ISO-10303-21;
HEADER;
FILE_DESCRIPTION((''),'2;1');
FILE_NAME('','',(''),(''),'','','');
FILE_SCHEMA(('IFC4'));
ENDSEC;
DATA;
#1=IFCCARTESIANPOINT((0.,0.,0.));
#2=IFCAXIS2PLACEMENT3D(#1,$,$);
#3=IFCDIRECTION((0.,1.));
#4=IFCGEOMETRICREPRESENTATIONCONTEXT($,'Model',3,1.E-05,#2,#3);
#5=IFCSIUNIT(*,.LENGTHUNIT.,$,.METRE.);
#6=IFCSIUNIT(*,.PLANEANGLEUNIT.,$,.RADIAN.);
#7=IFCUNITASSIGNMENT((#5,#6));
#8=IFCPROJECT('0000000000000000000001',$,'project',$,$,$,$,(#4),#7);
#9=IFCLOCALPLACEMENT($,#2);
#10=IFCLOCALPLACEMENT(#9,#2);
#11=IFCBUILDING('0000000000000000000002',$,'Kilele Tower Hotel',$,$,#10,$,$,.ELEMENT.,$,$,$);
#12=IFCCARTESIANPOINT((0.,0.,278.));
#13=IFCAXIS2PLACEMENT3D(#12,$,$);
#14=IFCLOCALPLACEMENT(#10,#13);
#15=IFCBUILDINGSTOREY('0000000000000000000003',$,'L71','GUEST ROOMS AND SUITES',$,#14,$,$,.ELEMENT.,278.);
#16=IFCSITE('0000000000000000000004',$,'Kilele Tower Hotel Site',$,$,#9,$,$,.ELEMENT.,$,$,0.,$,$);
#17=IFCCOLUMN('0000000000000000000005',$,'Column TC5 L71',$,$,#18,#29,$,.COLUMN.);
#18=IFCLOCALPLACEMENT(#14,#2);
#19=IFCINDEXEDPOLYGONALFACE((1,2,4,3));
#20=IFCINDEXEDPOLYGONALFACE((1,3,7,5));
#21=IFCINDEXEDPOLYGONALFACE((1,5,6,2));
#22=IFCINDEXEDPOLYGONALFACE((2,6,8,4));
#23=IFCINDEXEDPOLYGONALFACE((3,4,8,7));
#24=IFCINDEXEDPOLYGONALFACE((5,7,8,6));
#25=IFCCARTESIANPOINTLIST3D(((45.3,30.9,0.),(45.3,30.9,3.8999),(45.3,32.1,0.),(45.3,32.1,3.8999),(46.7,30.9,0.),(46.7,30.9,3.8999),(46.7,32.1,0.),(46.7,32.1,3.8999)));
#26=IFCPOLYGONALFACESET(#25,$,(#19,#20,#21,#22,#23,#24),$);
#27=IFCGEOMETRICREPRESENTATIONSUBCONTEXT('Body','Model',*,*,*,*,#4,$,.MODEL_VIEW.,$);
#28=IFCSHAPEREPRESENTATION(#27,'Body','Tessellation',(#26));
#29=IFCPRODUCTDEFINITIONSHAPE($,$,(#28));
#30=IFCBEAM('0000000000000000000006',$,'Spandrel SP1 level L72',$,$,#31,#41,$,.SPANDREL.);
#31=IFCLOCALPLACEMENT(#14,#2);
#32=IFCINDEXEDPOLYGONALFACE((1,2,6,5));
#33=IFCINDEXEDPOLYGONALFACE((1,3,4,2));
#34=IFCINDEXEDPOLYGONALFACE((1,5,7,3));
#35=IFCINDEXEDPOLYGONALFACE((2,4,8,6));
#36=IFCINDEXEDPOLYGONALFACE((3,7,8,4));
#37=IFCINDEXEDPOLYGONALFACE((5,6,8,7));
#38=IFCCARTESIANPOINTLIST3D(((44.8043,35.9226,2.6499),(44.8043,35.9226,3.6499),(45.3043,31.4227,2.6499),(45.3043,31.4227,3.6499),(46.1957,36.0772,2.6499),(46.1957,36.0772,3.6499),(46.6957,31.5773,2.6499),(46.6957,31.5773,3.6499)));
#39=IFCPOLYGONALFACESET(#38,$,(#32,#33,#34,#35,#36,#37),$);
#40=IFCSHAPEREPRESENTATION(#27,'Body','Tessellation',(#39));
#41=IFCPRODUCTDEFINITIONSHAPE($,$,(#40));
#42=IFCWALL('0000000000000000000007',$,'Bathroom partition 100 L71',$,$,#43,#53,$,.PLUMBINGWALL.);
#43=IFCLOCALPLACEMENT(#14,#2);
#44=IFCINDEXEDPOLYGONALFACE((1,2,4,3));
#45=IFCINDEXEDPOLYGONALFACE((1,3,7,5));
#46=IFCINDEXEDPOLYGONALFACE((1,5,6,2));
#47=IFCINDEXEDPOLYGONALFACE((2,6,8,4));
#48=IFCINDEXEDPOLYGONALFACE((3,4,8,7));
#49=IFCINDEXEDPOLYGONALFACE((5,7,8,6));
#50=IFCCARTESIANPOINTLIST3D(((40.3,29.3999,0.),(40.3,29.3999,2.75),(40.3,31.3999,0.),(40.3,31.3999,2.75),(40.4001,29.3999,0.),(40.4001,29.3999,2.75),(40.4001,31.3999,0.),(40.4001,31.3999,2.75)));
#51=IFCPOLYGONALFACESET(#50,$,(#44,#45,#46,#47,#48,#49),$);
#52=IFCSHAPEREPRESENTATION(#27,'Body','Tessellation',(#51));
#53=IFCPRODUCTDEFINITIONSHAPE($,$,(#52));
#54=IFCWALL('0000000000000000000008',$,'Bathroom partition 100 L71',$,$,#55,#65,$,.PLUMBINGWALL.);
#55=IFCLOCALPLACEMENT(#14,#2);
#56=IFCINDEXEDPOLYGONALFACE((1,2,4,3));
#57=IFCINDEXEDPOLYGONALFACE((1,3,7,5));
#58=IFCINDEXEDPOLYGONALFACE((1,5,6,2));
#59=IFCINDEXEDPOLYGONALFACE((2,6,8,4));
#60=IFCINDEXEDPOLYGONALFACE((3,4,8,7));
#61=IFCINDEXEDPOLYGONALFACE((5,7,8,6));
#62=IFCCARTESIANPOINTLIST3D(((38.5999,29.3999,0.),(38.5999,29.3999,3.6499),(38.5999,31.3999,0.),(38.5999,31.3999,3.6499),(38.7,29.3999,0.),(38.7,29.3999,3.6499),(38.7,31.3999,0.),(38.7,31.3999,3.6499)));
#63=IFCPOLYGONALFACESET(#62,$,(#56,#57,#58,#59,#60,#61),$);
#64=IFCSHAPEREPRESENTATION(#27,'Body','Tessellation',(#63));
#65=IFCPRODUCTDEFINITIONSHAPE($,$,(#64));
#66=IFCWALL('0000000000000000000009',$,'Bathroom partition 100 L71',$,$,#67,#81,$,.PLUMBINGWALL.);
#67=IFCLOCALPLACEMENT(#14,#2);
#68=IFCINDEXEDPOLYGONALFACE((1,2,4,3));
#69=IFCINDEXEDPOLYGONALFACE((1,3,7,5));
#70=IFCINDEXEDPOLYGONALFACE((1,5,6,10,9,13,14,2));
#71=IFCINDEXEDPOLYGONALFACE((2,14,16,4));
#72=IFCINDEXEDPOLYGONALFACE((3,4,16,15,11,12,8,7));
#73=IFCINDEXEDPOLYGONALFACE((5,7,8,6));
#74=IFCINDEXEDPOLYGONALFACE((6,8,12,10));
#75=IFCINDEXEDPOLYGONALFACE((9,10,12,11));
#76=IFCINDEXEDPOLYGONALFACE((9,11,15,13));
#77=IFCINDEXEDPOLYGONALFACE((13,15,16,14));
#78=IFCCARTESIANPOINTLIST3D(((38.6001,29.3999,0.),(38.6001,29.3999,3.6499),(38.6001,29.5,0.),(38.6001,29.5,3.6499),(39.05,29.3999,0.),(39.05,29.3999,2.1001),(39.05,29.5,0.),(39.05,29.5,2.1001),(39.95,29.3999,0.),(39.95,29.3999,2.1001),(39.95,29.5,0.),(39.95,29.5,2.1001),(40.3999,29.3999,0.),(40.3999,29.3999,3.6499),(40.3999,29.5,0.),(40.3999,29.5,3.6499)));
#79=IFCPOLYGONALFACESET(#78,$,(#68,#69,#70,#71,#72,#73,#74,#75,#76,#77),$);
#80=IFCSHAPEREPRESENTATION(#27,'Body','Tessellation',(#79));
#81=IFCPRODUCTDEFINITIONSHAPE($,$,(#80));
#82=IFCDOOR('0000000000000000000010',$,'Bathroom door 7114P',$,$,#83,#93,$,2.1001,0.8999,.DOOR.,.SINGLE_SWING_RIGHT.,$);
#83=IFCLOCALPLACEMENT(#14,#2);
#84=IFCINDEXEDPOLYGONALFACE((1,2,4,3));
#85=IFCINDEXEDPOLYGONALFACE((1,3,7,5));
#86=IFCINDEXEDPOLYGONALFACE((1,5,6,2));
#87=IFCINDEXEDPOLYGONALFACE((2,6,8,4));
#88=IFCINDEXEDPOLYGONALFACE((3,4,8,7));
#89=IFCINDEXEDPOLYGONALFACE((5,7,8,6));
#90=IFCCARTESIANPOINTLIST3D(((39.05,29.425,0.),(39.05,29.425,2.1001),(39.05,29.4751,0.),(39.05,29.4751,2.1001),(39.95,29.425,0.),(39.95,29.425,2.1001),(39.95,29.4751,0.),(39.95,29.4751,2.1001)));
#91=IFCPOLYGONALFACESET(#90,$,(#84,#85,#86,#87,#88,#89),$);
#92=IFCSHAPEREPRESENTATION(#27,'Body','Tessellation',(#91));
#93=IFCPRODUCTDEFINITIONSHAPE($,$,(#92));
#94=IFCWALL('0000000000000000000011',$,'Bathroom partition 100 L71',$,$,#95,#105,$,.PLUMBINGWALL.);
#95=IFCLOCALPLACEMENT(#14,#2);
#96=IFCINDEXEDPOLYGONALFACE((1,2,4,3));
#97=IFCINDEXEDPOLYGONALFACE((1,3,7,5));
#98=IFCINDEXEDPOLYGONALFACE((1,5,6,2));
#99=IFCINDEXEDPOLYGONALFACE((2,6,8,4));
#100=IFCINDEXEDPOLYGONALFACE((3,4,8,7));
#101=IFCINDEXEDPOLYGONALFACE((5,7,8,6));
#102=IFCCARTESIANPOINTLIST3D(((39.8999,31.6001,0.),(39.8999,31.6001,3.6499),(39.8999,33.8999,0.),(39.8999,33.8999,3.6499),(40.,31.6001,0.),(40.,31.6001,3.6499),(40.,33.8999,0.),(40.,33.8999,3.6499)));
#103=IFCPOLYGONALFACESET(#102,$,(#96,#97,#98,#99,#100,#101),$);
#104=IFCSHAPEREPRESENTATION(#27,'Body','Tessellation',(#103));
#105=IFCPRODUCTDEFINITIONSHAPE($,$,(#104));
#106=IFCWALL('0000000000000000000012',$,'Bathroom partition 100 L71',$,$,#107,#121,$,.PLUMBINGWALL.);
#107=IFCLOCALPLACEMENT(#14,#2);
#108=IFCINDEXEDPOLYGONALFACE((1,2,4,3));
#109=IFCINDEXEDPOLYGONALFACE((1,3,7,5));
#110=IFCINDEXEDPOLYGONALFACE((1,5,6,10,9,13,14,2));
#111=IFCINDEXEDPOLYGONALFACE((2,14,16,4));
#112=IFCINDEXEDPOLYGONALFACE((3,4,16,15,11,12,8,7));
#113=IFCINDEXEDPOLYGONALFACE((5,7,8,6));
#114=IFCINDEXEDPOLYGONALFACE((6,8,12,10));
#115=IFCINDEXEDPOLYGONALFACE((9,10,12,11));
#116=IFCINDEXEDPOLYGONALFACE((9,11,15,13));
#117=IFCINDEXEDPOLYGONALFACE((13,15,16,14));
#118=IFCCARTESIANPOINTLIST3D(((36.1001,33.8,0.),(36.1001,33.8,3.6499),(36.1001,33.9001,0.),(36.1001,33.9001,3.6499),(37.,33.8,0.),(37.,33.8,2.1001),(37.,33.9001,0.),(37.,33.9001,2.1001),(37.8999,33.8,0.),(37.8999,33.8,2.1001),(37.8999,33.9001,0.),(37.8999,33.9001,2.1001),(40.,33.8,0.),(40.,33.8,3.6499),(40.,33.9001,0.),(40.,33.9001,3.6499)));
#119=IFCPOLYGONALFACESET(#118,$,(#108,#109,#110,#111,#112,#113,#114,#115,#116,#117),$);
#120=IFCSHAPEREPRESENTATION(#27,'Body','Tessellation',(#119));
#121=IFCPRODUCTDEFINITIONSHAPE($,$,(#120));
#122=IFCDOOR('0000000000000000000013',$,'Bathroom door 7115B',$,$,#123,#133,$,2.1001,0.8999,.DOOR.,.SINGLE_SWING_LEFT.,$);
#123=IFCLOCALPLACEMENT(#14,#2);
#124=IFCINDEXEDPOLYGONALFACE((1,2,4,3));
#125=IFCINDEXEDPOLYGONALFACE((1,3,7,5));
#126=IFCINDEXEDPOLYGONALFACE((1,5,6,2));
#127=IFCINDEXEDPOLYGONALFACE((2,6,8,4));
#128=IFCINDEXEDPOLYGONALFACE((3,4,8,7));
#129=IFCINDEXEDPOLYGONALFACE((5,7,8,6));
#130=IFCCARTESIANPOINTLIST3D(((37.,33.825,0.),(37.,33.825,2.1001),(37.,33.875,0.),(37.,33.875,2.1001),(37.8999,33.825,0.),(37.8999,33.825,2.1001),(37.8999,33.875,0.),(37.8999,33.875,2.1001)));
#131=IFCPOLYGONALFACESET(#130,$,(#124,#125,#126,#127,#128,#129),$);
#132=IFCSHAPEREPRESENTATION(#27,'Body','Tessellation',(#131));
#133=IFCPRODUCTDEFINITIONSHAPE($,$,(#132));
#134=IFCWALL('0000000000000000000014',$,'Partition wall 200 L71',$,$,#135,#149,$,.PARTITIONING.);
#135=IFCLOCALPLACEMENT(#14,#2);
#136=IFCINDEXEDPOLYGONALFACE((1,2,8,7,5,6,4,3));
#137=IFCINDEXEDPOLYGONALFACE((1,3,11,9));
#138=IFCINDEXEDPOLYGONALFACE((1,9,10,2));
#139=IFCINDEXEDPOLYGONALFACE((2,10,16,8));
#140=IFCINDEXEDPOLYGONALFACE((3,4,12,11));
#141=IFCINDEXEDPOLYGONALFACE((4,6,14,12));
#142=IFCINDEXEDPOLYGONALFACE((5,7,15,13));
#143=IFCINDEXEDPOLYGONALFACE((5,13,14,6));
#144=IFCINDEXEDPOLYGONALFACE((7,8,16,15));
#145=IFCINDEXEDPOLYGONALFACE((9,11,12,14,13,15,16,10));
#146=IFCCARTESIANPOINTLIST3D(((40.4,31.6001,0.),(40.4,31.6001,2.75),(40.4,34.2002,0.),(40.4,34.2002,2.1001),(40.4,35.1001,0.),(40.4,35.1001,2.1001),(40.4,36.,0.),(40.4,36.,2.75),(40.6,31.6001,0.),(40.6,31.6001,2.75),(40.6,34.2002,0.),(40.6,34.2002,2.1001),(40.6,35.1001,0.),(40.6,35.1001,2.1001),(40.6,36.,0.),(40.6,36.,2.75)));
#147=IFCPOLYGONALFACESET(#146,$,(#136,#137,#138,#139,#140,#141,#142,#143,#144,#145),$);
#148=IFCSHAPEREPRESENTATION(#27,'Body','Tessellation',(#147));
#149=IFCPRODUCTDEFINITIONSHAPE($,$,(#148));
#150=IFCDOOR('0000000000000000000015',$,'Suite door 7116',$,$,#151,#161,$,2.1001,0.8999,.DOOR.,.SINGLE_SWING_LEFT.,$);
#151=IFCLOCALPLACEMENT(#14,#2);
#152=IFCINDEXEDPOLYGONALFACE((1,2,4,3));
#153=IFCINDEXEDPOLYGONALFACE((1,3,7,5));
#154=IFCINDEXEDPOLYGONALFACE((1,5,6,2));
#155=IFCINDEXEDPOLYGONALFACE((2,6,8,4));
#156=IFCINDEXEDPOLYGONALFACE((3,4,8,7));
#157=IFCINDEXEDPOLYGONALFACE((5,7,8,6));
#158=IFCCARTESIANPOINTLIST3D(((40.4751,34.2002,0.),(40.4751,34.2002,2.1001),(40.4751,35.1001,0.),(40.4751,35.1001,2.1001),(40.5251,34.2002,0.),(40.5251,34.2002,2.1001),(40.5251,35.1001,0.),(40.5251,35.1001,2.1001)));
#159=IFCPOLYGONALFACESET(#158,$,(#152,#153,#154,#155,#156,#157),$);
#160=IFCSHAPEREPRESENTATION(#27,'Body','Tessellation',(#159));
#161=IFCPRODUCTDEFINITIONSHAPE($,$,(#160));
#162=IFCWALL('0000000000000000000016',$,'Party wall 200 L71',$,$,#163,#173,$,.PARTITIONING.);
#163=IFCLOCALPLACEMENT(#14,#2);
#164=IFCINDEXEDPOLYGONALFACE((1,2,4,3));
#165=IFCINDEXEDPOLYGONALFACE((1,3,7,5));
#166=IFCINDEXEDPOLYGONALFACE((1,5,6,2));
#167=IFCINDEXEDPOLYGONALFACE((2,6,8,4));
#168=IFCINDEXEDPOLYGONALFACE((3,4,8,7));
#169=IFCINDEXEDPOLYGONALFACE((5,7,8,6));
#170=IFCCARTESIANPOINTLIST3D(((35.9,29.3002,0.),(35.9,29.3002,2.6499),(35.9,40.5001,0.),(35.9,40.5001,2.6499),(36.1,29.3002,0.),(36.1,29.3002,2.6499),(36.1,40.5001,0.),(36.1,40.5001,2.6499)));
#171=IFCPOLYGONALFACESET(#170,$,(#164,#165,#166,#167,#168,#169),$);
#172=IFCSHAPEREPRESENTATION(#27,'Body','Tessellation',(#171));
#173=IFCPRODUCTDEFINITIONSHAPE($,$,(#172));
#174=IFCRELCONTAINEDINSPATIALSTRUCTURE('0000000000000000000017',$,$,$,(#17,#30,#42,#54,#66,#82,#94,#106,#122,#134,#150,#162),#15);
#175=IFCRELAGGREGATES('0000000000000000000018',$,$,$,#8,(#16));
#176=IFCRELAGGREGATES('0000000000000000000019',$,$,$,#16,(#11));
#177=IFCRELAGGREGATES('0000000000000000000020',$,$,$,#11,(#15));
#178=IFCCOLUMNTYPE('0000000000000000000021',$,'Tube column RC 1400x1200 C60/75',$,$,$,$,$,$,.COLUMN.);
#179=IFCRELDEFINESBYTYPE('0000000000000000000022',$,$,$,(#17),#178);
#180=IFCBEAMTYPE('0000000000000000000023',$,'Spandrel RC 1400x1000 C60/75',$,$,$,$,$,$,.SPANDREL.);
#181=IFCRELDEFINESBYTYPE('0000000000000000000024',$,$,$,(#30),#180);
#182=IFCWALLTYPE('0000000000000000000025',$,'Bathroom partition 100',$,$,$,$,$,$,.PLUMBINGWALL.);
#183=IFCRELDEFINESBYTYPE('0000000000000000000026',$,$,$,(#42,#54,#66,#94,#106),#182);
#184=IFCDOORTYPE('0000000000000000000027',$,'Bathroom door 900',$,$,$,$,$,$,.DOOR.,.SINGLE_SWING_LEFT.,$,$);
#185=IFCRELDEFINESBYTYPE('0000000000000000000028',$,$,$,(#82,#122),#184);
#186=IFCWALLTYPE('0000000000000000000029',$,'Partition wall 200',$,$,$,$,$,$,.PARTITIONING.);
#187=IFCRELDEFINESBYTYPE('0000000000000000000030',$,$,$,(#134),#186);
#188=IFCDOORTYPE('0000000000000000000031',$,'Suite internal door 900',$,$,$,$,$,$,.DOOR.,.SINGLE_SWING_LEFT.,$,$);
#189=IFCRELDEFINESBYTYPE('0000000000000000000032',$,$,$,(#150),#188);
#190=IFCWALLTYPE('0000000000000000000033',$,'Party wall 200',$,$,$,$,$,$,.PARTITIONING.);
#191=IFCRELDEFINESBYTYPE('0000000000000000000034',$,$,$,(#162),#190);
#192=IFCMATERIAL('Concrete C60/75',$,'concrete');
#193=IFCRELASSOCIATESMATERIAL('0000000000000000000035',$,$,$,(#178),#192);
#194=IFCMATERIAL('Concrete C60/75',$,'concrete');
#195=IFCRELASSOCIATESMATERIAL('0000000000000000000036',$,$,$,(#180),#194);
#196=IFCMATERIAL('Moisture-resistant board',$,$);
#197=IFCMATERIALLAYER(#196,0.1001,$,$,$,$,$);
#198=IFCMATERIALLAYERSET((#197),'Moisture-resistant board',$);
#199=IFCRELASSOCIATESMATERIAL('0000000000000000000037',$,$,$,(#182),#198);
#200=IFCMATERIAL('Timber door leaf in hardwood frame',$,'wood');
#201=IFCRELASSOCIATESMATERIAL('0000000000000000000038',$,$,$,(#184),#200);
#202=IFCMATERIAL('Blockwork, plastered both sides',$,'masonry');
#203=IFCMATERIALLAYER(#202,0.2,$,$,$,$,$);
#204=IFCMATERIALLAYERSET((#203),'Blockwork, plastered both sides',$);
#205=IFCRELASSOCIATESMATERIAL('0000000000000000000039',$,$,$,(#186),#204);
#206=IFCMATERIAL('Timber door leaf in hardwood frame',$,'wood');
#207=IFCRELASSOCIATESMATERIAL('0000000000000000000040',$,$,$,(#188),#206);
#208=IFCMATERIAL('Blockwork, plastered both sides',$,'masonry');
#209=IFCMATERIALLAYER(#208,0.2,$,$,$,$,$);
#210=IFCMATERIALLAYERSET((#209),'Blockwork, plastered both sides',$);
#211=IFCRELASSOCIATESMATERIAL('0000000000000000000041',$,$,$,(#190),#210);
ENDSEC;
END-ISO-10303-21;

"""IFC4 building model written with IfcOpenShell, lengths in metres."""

from ifc_helpers import new_model, si_unit, direction, frame, frame_2d, origin, origin_2d, place, context, subcontext, project, spatial, rectangle, extrude, material, layer, layer_set, material_profile, profile_set, type_object, element, fill, save


model = new_model("IFC4")

# Units and contexts
model_context = context("Model", 3, precision=1e-05, world=origin(), true_north=direction((0.0, 1.0)))
body_context = subcontext(model_context, "Body", "Model", "MODEL_VIEW")
ifc_project = project(units=[si_unit("LENGTHUNIT", "METRE"), si_unit("PLANEANGLEUNIT", "RADIAN")], contexts=[model_context])

# Site, building, storey
site_placement = place(None, origin())
site = spatial("IfcSite", under=ifc_project, at=site_placement, Name="Kilele Tower Hotel Site", CompositionType="ELEMENT", RefElevation=0.0)
building_placement = place(site_placement, origin())
building = spatial("IfcBuilding", under=site, at=building_placement, Name="Kilele Tower Hotel", CompositionType="ELEMENT")
storey_placement = place(building_placement, frame((0.0, 0.0, 278.0)))
storey = spatial("IfcBuildingStorey", under=building, at=storey_placement, Name="L71", Description="GUEST ROOMS AND SUITES", CompositionType="ELEMENT", Elevation=278.0)

# Column
ifc_material_1 = material(Name="Concrete C60/75", Category="concrete")
ifc_material_profile_1 = material_profile(ifc_material_1, rectangle(XDim=1.3999, YDim=1.2, at=origin_2d()))
ifc_profile_set_1 = profile_set([ifc_material_profile_1], Name="Concrete C60/75")
column_type = type_object("IfcColumnType", Name="Tube column RC 1400x1200 C60/75", PredefinedType="COLUMN", material=ifc_profile_set_1)
column_placement = place(storey_placement, frame((46.0, 31.5, 0.0), z_axis=(0.0, 0.0, 1.0), x_axis=(1.0, 0.0, 0.0)))
element("IfcColumn", 1, at=column_placement, inside=storey, type_object=column_type, Name="Column TC5 L71", PredefinedType="COLUMN", context=body_context, shape_type="SweptSolid", body=[
    extrude(rectangle(XDim=1.3999, YDim=1.2, at=origin_2d()), origin(), (0.0, 0.0, 1.0), 3.8999),
])

# Beam
ifc_material_2 = material(Name="Concrete C60/75", Category="concrete")
ifc_material_profile_2 = material_profile(ifc_material_2, rectangle(XDim=1.3999, YDim=1.0, at=origin_2d()))
ifc_profile_set_2 = profile_set([ifc_material_profile_2], Name="Concrete C60/75")
beam_type = type_object("IfcBeamType", Name="Spandrel RC 1400x1000 C60/75", PredefinedType="SPANDREL", material=ifc_profile_set_2)
beam_placement = place(storey_placement, frame((46.0, 31.5, 3.1499), z_axis=(-0.110432, 0.993884, 0.0), x_axis=(-0.993884, -0.110432, 0.0)))
element("IfcBeam", 2, at=beam_placement, inside=storey, type_object=beam_type, Name="Spandrel SP1 level L72", PredefinedType="SPANDREL", context=body_context, shape_type="SweptSolid", body=[
    extrude(rectangle(XDim=1.3999, YDim=1.0, at=origin_2d()), origin(), (0.0, 0.0, 1.0), 4.5276),
])

# Walls
ifc_material_3 = material(Name="Moisture-resistant board")
ifc_layer_1 = layer(ifc_material_3, 0.1001)
ifc_layer_set_1 = layer_set([ifc_layer_1], Name="Moisture-resistant board")
wall_type_1 = type_object("IfcWallType", Name="Bathroom partition 100", PredefinedType="PLUMBINGWALL", material=ifc_layer_set_1)
wall_1_placement = place(storey_placement, frame((40.3501, 31.3999, 0.0), z_axis=(0.0, 0.0, 1.0), x_axis=(0.0, -1.0, 0.0)))
element("IfcWall", 3, at=wall_1_placement, inside=storey, type_object=wall_type_1, Name="Bathroom partition 100 L71", PredefinedType="PLUMBINGWALL", context=body_context, shape_type="SweptSolid", body=[
    extrude(rectangle(XDim=2.0, YDim=0.1001, at=frame_2d((1.0, 0.0))), origin(), (0.0, 0.0, 1.0), 2.75),
])
wall_2_placement = place(storey_placement, frame((38.6499, 31.3999, 0.0), z_axis=(0.0, 0.0, 1.0), x_axis=(0.0, -1.0, 0.0)))
element("IfcWall", 4, at=wall_2_placement, inside=storey, type_object=wall_type_1, Name="Bathroom partition 100 L71", PredefinedType="PLUMBINGWALL", context=body_context, shape_type="SweptSolid", body=[
    extrude(rectangle(XDim=2.0, YDim=0.1001, at=frame_2d((1.0, 0.0))), origin(), (0.0, 0.0, 1.0), 3.6499),
])

# Wall, opening, door
wall_3_placement = place(storey_placement, frame((38.6001, 29.45, 0.0), z_axis=(0.0, 0.0, 1.0), x_axis=(1.0, 0.0, 0.0)))
wall_3 = element("IfcWall", 5, at=wall_3_placement, inside=storey, type_object=wall_type_1, Name="Bathroom partition 100 L71", PredefinedType="PLUMBINGWALL", context=body_context, shape_type="SweptSolid", body=[
    extrude(rectangle(XDim=1.7998, YDim=0.1001, at=frame_2d((0.8999, 0.0))), origin(), (0.0, 0.0, 1.0), 3.6499),
])
opening_1_placement = place(wall_3_placement, frame((1.3499, 0.0, 0.0), z_axis=(0.0, 0.0, 1.0), x_axis=(-1.0, 0.0, 0.0)))
opening_1 = element("IfcOpeningElement", 6, at=opening_1_placement, cuts=wall_3, PredefinedType="OPENING", context=body_context, shape_type="SweptSolid", body=[
    extrude(rectangle(XDim=0.8999, YDim=2.1001, at=frame_2d((0.45, 1.05))), frame((0.0, 0.0601, 0.0), z_axis=(0.0, -1.0, 0.0), x_axis=(1.0, 0.0, 0.0)), (0.0, 0.0, 1.0), 0.1201),
])
ifc_material_4 = material(Name="Timber door leaf in hardwood frame", Category="wood")
door_type_1 = type_object("IfcDoorType", Name="Bathroom door 900", OperationType="SINGLE_SWING_LEFT", PredefinedType="DOOR", material=ifc_material_4)
door_1_placement = place(opening_1_placement, origin())
door_1 = element("IfcDoor", 7, at=door_1_placement, inside=storey, type_object=door_type_1, Name="Bathroom door 7114P", OperationType="SINGLE_SWING_RIGHT", OverallHeight=2.1001, OverallWidth=0.8999, PredefinedType="DOOR", context=body_context, shape_type="SweptSolid", body=[
    extrude(rectangle(XDim=0.8999, YDim=2.1001, at=frame_2d((0.45, 1.05))), frame((0.0, 0.0249, 0.0), z_axis=(0.0, -1.0, 0.0), x_axis=(1.0, 0.0, 0.0)), (0.0, 0.0, 1.0), 0.05),
])
fill(opening_1, door_1)

# Wall
wall_4_placement = place(storey_placement, frame((39.95, 31.6001, 0.0), z_axis=(0.0, 0.0, 1.0), x_axis=(0.0, 1.0, 0.0)))
element("IfcWall", 8, at=wall_4_placement, inside=storey, type_object=wall_type_1, Name="Bathroom partition 100 L71", PredefinedType="PLUMBINGWALL", context=body_context, shape_type="SweptSolid", body=[
    extrude(rectangle(XDim=2.2998, YDim=0.1001, at=frame_2d((1.1499, 0.0))), origin(), (0.0, 0.0, 1.0), 3.6499),
])

# Walls, openings, doors
wall_5_placement = place(storey_placement, frame((36.1001, 33.8501, 0.0), z_axis=(0.0, 0.0, 1.0), x_axis=(1.0, 0.0, 0.0)))
wall_5 = element("IfcWall", 9, at=wall_5_placement, inside=storey, type_object=wall_type_1, Name="Bathroom partition 100 L71", PredefinedType="PLUMBINGWALL", context=body_context, shape_type="SweptSolid", body=[
    extrude(rectangle(XDim=3.8999, YDim=0.1001, at=frame_2d((1.95, 0.0))), origin(), (0.0, 0.0, 1.0), 3.6499),
])
opening_2_placement = place(wall_5_placement, frame((0.8999, 0.0, 0.0)))
opening_2 = element("IfcOpeningElement", 10, at=opening_2_placement, cuts=wall_5, PredefinedType="OPENING", context=body_context, shape_type="SweptSolid", body=[
    extrude(rectangle(XDim=0.8999, YDim=2.1001, at=frame_2d((0.45, 1.05))), frame((0.0, 0.0601, 0.0), z_axis=(0.0, -1.0, 0.0), x_axis=(1.0, 0.0, 0.0)), (0.0, 0.0, 1.0), 0.1201),
])
door_2_placement = place(opening_2_placement, origin())
door_2 = element("IfcDoor", 11, at=door_2_placement, inside=storey, type_object=door_type_1, Name="Bathroom door 7115B", OperationType="SINGLE_SWING_LEFT", OverallHeight=2.1001, OverallWidth=0.8999, PredefinedType="DOOR", context=body_context, shape_type="SweptSolid", body=[
    extrude(rectangle(XDim=0.8999, YDim=2.1001, at=frame_2d((0.45, 1.05))), frame((0.0, 0.0249, 0.0), z_axis=(0.0, -1.0, 0.0), x_axis=(1.0, 0.0, 0.0)), (0.0, 0.0, 1.0), 0.05),
])
fill(opening_2, door_2)
ifc_material_5 = material(Name="Blockwork, plastered both sides", Category="masonry")
ifc_layer_2 = layer(ifc_material_5, 0.2)
ifc_layer_set_2 = layer_set([ifc_layer_2], Name="Blockwork, plastered both sides")
wall_type_2 = type_object("IfcWallType", Name="Partition wall 200", PredefinedType="PARTITIONING", material=ifc_layer_set_2)
wall_6_placement = place(storey_placement, frame((40.5, 31.6001, 0.0), z_axis=(0.0, 0.0, 1.0), x_axis=(0.0, 1.0, 0.0)))
wall_6 = element("IfcWall", 12, at=wall_6_placement, inside=storey, type_object=wall_type_2, Name="Partition wall 200 L71", PredefinedType="PARTITIONING", context=body_context, shape_type="SweptSolid", body=[
    extrude(rectangle(XDim=4.3999, YDim=0.2, at=frame_2d((2.2, 0.0))), origin(), (0.0, 0.0, 1.0), 2.75),
])
opening_3_placement = place(wall_6_placement, frame((2.6001, 0.0, 0.0)))
opening_3 = element("IfcOpeningElement", 13, at=opening_3_placement, cuts=wall_6, PredefinedType="OPENING", context=body_context, shape_type="SweptSolid", body=[
    extrude(rectangle(XDim=0.8999, YDim=2.1001, at=frame_2d((0.45, 1.05))), frame((0.0, 0.1099, 0.0), z_axis=(0.0, -1.0, 0.0), x_axis=(1.0, 0.0, 0.0)), (0.0, 0.0, 1.0), 0.22),
])
ifc_material_6 = material(Name="Timber door leaf in hardwood frame", Category="wood")
door_type_2 = type_object("IfcDoorType", Name="Suite internal door 900", OperationType="SINGLE_SWING_LEFT", PredefinedType="DOOR", material=ifc_material_6)
door_3_placement = place(opening_3_placement, origin())
door_3 = element("IfcDoor", 14, at=door_3_placement, inside=storey, type_object=door_type_2, Name="Suite door 7116", OperationType="SINGLE_SWING_LEFT", OverallHeight=2.1001, OverallWidth=0.8999, PredefinedType="DOOR", context=body_context, shape_type="SweptSolid", body=[
    extrude(rectangle(XDim=0.8999, YDim=2.1001, at=frame_2d((0.45, 1.05))), frame((0.0, 0.0249, 0.0), z_axis=(0.0, -1.0, 0.0), x_axis=(1.0, 0.0, 0.0)), (0.0, 0.0, 1.0), 0.05),
])
fill(opening_3, door_3)

# Wall
ifc_material_7 = material(Name="Blockwork, plastered both sides", Category="masonry")
ifc_layer_3 = layer(ifc_material_7, 0.2)
ifc_layer_set_3 = layer_set([ifc_layer_3], Name="Blockwork, plastered both sides")
wall_type_3 = type_object("IfcWallType", Name="Party wall 200", PredefinedType="PARTITIONING", material=ifc_layer_set_3)
wall_7_placement = place(storey_placement, frame((36.0, 29.3, 0.0), z_axis=(0.0, 0.0, 1.0), x_axis=(0.0, 1.0, 0.0)))
element("IfcWall", 15, at=wall_7_placement, inside=storey, type_object=wall_type_3, Name="Party wall 200 L71", PredefinedType="PARTITIONING", context=body_context, shape_type="SweptSolid", body=[
    extrude(rectangle(XDim=11.2, YDim=0.2, at=frame_2d((5.6001, 0.0))), origin(), (0.0, 0.0, 1.0), 2.6499),
])

save(model, "model.ifc")
